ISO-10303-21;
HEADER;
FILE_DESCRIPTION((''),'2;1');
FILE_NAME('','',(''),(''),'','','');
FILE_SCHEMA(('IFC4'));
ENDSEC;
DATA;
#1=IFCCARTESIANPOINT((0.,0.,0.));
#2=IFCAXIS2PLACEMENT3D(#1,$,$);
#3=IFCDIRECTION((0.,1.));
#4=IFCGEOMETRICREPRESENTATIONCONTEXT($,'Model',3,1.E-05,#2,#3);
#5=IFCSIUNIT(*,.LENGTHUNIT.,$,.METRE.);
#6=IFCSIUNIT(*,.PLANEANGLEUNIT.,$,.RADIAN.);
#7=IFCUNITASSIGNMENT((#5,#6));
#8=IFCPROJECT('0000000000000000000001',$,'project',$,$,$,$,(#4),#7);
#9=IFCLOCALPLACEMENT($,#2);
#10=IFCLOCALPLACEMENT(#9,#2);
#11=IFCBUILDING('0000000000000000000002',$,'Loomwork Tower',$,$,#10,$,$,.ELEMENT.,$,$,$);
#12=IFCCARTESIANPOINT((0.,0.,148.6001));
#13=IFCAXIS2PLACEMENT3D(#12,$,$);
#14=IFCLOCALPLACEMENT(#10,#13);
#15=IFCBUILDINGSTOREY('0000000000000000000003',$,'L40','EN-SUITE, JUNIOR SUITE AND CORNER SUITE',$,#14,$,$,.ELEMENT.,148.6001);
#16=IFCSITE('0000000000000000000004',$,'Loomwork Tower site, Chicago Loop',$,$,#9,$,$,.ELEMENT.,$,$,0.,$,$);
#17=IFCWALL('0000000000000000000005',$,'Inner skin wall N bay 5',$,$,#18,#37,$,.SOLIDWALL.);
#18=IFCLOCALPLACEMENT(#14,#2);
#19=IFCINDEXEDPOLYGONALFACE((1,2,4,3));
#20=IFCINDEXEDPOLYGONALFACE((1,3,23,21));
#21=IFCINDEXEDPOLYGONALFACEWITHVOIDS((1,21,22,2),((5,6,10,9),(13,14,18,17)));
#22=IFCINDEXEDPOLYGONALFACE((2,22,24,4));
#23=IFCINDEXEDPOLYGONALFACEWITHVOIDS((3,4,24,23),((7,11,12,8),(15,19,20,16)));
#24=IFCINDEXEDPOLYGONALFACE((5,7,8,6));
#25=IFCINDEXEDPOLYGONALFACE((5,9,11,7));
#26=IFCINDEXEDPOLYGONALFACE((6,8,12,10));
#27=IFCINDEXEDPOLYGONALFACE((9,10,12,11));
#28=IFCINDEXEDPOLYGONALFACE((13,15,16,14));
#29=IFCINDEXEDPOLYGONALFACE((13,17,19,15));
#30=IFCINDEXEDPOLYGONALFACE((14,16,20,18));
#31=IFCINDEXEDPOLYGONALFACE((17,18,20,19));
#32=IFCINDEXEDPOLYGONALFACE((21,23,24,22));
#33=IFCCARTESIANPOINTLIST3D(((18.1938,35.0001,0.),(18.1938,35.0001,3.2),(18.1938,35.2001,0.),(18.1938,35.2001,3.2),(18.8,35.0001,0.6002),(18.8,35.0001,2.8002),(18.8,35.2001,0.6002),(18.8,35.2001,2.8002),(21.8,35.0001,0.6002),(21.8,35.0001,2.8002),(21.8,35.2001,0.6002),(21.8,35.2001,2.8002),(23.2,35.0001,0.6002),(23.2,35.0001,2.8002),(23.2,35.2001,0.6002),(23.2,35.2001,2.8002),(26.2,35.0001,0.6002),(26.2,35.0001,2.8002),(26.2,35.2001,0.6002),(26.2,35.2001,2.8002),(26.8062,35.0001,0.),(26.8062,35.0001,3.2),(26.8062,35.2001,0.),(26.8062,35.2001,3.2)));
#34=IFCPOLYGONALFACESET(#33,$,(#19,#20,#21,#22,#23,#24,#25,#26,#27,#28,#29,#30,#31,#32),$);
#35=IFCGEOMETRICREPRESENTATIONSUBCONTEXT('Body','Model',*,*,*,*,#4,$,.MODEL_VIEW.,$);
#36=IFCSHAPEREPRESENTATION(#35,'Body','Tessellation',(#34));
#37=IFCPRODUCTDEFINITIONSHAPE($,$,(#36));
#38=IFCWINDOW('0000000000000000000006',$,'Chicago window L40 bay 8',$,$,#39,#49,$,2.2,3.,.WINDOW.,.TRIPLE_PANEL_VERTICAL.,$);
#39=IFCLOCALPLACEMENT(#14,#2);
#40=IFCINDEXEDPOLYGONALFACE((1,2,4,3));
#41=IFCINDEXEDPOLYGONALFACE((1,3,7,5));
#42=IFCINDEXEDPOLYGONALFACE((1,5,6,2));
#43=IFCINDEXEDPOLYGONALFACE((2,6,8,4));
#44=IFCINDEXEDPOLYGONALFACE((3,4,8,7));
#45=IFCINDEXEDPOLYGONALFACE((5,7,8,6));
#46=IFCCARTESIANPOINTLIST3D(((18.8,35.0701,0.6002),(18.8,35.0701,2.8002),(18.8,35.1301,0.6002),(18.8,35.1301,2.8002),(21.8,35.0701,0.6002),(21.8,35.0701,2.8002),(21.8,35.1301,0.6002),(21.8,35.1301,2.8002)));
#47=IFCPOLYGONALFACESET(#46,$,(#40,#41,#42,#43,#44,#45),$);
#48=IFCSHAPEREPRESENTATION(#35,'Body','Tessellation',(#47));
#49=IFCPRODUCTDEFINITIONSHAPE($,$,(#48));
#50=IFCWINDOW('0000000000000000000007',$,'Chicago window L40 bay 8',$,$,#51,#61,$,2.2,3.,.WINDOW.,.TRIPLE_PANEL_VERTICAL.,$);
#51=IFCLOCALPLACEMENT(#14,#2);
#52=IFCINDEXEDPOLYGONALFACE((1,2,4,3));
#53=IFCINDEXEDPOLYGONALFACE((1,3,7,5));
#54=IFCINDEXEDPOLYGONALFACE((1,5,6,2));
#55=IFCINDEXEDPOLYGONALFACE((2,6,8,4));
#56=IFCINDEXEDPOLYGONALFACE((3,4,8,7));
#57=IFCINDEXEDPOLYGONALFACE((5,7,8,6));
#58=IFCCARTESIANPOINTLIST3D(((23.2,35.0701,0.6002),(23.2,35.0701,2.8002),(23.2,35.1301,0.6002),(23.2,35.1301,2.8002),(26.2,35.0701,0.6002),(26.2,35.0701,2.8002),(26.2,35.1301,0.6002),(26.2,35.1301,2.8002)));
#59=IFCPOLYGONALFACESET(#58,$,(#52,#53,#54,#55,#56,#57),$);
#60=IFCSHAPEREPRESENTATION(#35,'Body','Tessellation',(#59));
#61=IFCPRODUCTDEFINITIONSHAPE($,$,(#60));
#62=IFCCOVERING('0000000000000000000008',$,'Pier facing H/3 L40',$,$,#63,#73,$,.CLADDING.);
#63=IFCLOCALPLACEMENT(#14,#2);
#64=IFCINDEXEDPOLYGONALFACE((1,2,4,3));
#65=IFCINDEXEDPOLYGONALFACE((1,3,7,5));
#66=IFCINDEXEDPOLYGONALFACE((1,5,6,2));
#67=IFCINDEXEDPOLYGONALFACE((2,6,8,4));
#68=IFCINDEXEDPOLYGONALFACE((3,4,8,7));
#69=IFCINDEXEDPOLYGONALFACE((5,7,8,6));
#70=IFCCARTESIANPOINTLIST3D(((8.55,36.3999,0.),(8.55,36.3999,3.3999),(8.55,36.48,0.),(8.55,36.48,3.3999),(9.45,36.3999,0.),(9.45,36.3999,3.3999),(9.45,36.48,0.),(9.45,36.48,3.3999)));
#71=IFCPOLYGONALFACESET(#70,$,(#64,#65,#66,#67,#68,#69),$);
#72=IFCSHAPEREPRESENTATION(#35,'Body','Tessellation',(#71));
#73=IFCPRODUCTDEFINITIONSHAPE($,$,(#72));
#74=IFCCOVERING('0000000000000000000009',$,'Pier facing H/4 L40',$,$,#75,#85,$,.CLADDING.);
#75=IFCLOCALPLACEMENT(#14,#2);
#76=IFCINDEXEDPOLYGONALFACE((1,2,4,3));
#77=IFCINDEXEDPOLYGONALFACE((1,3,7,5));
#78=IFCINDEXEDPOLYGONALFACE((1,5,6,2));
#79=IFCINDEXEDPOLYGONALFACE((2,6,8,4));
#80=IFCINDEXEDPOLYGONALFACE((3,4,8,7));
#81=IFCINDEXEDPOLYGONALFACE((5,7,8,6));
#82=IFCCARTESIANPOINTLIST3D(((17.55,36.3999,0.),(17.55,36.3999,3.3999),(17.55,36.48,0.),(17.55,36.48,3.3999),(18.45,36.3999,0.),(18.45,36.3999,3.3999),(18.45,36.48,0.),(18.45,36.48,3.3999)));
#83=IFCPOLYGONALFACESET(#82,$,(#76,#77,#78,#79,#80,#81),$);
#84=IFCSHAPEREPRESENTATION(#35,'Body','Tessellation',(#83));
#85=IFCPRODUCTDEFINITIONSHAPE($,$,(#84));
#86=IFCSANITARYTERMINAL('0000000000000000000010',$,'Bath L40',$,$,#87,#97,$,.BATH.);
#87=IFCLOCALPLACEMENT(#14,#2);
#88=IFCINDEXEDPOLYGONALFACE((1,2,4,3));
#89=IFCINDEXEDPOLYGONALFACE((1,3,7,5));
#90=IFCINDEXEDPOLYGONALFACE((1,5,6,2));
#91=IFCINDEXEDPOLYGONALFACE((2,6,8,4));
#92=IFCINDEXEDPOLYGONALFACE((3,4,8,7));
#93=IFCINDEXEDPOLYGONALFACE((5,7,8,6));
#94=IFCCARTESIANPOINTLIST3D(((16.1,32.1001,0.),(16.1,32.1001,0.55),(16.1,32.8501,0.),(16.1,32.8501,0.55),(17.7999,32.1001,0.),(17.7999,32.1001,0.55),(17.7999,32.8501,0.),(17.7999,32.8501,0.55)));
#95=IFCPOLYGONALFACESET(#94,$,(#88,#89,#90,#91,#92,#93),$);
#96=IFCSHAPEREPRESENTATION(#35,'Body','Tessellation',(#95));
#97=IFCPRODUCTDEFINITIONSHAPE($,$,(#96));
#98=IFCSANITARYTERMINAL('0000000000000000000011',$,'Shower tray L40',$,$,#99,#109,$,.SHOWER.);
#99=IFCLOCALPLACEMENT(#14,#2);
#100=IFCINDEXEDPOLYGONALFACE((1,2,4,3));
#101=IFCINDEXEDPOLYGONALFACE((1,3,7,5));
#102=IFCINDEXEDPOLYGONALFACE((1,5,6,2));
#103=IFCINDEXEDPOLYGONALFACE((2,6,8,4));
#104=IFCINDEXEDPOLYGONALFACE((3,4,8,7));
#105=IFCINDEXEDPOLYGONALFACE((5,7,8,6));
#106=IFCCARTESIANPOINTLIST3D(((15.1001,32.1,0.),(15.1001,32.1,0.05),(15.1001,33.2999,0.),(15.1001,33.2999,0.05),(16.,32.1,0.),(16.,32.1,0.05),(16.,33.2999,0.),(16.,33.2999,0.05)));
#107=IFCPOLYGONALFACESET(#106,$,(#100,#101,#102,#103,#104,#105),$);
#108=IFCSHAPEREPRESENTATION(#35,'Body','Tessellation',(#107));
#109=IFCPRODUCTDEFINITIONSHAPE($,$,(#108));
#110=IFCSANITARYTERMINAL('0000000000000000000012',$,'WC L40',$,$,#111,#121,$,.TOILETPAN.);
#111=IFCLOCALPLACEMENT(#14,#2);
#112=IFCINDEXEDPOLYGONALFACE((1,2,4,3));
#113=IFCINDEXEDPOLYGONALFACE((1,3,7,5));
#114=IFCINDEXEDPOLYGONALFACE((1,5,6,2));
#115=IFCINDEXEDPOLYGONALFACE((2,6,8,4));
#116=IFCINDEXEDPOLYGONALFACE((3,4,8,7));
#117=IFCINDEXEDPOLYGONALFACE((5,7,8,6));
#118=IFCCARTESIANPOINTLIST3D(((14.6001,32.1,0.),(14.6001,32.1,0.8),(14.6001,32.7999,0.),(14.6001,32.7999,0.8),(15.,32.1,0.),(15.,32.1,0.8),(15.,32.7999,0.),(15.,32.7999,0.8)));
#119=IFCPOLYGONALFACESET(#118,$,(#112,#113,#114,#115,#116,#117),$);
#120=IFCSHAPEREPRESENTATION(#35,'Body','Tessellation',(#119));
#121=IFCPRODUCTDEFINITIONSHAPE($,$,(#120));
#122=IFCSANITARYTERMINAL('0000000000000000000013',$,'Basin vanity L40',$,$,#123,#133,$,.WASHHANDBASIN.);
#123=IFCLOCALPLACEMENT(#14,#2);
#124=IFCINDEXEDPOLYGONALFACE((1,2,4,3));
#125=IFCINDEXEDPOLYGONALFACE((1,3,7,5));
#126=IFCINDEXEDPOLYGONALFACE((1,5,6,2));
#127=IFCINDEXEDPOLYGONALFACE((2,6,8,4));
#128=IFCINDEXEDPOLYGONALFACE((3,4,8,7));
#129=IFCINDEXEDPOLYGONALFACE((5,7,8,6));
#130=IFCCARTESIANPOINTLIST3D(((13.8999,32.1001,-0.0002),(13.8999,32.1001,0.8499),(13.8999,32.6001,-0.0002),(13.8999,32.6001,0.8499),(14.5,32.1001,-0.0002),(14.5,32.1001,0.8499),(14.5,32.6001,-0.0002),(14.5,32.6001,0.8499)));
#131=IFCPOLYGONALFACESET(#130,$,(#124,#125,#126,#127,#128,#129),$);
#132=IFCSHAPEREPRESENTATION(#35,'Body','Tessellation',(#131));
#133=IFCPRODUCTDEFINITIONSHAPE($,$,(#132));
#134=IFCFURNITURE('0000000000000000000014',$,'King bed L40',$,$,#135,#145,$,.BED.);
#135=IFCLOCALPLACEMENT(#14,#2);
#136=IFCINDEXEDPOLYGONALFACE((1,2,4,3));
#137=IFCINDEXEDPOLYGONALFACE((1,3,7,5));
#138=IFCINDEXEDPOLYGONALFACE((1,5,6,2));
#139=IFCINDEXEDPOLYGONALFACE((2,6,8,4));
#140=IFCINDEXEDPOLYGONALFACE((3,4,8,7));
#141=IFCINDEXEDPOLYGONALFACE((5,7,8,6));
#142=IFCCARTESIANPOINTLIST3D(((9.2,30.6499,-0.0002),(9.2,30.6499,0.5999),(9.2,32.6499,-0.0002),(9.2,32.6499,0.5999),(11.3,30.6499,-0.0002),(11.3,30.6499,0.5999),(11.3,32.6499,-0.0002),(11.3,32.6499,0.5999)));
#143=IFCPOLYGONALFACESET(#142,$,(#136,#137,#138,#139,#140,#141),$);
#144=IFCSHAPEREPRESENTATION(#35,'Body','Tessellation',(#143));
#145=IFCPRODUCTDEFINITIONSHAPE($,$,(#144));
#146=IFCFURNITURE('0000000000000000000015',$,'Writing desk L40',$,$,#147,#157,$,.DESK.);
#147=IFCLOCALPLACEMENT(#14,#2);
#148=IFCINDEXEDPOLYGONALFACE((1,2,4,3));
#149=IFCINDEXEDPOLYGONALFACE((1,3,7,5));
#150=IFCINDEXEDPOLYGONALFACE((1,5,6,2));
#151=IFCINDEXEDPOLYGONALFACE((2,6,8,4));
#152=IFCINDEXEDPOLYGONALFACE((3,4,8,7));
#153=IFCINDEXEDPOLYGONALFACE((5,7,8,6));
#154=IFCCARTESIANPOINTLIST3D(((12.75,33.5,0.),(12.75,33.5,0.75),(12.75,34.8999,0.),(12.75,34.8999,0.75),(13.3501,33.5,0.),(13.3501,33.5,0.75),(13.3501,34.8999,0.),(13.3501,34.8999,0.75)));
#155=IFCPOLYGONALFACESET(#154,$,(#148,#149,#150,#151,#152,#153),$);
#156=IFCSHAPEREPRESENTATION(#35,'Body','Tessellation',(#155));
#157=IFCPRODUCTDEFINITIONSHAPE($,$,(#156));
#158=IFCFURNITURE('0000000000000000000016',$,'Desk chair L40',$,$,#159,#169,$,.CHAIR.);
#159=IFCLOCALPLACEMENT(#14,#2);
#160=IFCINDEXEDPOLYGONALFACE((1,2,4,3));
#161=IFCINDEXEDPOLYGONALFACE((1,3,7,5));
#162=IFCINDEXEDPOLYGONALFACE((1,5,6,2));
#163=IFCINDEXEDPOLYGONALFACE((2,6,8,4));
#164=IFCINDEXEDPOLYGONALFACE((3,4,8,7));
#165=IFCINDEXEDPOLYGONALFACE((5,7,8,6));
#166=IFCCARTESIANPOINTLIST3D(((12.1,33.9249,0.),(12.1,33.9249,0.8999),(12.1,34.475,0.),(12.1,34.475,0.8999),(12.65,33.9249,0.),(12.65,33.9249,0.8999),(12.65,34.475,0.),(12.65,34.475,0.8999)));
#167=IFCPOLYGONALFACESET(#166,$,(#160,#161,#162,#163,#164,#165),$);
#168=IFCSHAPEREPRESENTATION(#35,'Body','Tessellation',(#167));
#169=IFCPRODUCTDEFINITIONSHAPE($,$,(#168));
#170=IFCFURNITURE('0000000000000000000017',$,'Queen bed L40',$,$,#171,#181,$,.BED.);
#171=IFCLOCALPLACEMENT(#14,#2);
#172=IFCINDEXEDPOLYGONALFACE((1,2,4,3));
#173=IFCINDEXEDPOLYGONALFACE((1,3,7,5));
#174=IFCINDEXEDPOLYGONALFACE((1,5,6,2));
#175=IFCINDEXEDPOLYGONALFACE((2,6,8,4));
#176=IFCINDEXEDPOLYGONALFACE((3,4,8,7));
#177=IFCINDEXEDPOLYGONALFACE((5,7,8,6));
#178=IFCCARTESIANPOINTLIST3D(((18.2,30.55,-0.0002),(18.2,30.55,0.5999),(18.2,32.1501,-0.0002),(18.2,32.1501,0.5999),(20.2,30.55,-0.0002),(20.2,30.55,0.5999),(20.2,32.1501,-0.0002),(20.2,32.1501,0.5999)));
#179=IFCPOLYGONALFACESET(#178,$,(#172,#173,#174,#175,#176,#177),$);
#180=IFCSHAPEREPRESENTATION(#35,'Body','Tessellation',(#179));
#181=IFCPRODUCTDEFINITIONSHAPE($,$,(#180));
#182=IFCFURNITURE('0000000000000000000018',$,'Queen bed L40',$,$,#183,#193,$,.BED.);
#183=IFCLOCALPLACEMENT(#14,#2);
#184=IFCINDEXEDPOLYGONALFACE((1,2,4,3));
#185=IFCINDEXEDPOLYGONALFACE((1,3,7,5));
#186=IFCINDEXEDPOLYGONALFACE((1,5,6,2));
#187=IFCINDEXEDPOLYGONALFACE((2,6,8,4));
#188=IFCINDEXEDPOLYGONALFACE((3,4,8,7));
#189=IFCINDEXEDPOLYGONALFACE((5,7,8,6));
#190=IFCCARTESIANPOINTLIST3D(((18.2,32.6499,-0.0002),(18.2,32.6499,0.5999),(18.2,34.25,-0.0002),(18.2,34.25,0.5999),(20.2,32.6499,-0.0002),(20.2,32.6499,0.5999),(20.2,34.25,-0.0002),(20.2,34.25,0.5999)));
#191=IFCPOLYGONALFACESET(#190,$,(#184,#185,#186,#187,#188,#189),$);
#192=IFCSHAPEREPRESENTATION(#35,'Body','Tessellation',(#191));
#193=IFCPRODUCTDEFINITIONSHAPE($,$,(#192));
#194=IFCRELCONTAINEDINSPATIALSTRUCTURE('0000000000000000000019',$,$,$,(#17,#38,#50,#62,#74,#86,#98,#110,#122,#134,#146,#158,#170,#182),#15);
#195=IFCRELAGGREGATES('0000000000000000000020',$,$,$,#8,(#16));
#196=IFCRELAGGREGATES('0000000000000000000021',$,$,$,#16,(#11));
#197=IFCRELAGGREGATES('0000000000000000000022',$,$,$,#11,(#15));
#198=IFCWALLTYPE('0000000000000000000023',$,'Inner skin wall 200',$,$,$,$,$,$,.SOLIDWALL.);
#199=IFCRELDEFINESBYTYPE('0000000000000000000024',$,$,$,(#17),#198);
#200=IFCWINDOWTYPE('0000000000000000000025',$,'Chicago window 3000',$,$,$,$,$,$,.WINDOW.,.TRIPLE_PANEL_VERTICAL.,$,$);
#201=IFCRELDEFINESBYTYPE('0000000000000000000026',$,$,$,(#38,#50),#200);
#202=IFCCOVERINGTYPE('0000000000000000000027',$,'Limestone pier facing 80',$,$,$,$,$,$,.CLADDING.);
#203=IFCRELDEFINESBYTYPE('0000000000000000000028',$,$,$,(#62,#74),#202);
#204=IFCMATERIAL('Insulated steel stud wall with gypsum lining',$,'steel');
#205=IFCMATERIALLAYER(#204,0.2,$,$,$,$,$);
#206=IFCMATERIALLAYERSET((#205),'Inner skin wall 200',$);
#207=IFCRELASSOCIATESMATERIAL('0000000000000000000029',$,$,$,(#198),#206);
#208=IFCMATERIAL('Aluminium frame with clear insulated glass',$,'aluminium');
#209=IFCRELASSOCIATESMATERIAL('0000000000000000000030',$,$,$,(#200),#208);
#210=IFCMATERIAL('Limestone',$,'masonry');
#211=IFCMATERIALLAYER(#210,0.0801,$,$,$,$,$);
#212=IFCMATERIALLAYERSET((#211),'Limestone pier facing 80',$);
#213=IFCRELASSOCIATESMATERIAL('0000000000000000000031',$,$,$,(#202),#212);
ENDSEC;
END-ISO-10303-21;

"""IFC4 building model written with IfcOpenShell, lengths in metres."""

from ifc_helpers import new_model, si_unit, direction, frame, frame_2d, origin, origin_2d, place, context, subcontext, project, spatial, rectangle, extrude, material, layer, layer_set, type_object, element, fill, save


model = new_model("IFC4")

# Units and contexts
model_context = context("Model", 3, precision=1e-05, world=origin(), true_north=direction((0.0, 1.0)))
body_context = subcontext(model_context, "Body", "Model", "MODEL_VIEW")
ifc_project = project(units=[si_unit("LENGTHUNIT", "METRE"), si_unit("PLANEANGLEUNIT", "RADIAN")], contexts=[model_context])

# Site, building, storey
site_placement = place(None, origin())
site = spatial("IfcSite", under=ifc_project, at=site_placement, Name="Loomwork Tower site, Chicago Loop", CompositionType="ELEMENT", RefElevation=0.0)
building_placement = place(site_placement, origin())
building = spatial("IfcBuilding", under=site, at=building_placement, Name="Loomwork Tower", CompositionType="ELEMENT")
storey_placement = place(building_placement, frame((0.0, 0.0, 148.6001)))
storey = spatial("IfcBuildingStorey", under=building, at=storey_placement, Name="L40", Description="EN-SUITE, JUNIOR SUITE AND CORNER SUITE", CompositionType="ELEMENT", Elevation=148.6001)

# Shared definitions
ifc_material_1 = material(Name="Insulated steel stud wall with gypsum lining", Category="steel")
ifc_layer_1 = layer(ifc_material_1, 0.2)
ifc_layer_set_1 = layer_set([ifc_layer_1], Name="Inner skin wall 200")
wall_type_1 = type_object("IfcWallType", Name="Inner skin wall 200", PredefinedType="SOLIDWALL", material=ifc_layer_set_1)

# Shared definitions
ifc_material_2 = material(Name="Aluminium frame with clear insulated glass", Category="aluminium")
window_type = type_object("IfcWindowType", Name="Chicago window 3000", PartitioningType="TRIPLE_PANEL_VERTICAL", PredefinedType="WINDOW", material=ifc_material_2)

# Wall, openings, windows
wall_1_placement = place(storey_placement, frame((18.1938, 35.1001, 0.0), z_axis=(0.0, 0.0, 1.0), x_axis=(1.0, 0.0, 0.0)))
wall_1 = element("IfcWall", 1, at=wall_1_placement, inside=storey, type_object=wall_type_1, Name="Inner skin wall N bay 5", PredefinedType="SOLIDWALL", context=body_context, shape_type="SweptSolid", body=[
    extrude(rectangle(XDim=8.6123, YDim=0.2, at=frame_2d((4.3062, 0.0))), origin(), (0.0, 0.0, 1.0), 3.2),
])
opening_1_placement = place(wall_1_placement, frame((0.6062, 0.0, 0.6001)))
opening_1 = element("IfcOpeningElement", 2, at=opening_1_placement, cuts=wall_1, PredefinedType="OPENING", context=body_context, shape_type="SweptSolid", body=[
    extrude(rectangle(XDim=3.0, YDim=2.2, at=frame_2d((1.5, 1.1001))), frame((0.0, 0.1099, 0.0), z_axis=(0.0, -1.0, 0.0), x_axis=(1.0, 0.0, 0.0)), (0.0, 0.0, 1.0), 0.22),
])
opening_2_placement = place(wall_1_placement, frame((5.0061, 0.0, 0.6001)))
opening_2 = element("IfcOpeningElement", 3, at=opening_2_placement, cuts=wall_1, PredefinedType="OPENING", context=body_context, shape_type="SweptSolid", body=[
    extrude(rectangle(XDim=3.0, YDim=2.2, at=frame_2d((1.5, 1.1001))), frame((0.0, 0.1099, 0.0), z_axis=(0.0, -1.0, 0.0), x_axis=(1.0, 0.0, 0.0)), (0.0, 0.0, 1.0), 0.22),
])
window_1_placement = place(opening_1_placement, origin())
window_1 = element("IfcWindow", 4, at=window_1_placement, inside=storey, type_object=window_type, Name="Chicago window L40 bay 8", OverallHeight=2.2, OverallWidth=3.0, PartitioningType="TRIPLE_PANEL_VERTICAL", PredefinedType="WINDOW", context=body_context, shape_type="SweptSolid", body=[
    extrude(rectangle(XDim=3.0, YDim=2.2, at=frame_2d((1.5, 1.1001))), frame((0.0, 0.03, 0.0), z_axis=(0.0, -1.0, 0.0), x_axis=(1.0, 0.0, 0.0)), (0.0, 0.0, 1.0), 0.0601),
])
fill(opening_1, window_1)
window_2_placement = place(opening_2_placement, origin())
window_2 = element("IfcWindow", 5, at=window_2_placement, inside=storey, type_object=window_type, Name="Chicago window L40 bay 8", OverallHeight=2.2, OverallWidth=3.0, PartitioningType="TRIPLE_PANEL_VERTICAL", PredefinedType="WINDOW", context=body_context, shape_type="SweptSolid", body=[
    extrude(rectangle(XDim=3.0, YDim=2.2, at=frame_2d((1.5, 1.1001))), frame((0.0, 0.03, 0.0), z_axis=(0.0, -1.0, 0.0), x_axis=(1.0, 0.0, 0.0)), (0.0, 0.0, 1.0), 0.0601),
])
fill(opening_2, window_2)

# Coverings
ifc_material_3 = material(Name="Limestone", Category="masonry")
ifc_layer_2 = layer(ifc_material_3, 0.0801)
ifc_layer_set_2 = layer_set([ifc_layer_2], Name="Limestone pier facing 80")
covering_type = type_object("IfcCoveringType", Name="Limestone pier facing 80", PredefinedType="CLADDING", material=ifc_layer_set_2)
for number, where, z_axis, x_axis, name in (
    (6, (9.0, 36.4399, 0.0), (0.0, 0.0, 1.0), (1.0, 0.0, 0.0), "Pier facing H/3 L40"),
    (7, (18.0, 36.4399, 0.0), (0.0, 0.0, 1.0), (1.0, 0.0, 0.0), "Pier facing H/4 L40"),
):
    element("IfcCovering", number, at=place(storey_placement, frame(where, z_axis=z_axis, x_axis=x_axis)), inside=storey, type_object=covering_type, Name=name, PredefinedType="CLADDING", context=body_context, shape_type="SweptSolid", body=[
        extrude(rectangle(XDim=0.8999, YDim=0.0801, at=origin_2d()), origin(), (0.0, 0.0, 1.0), 3.3999),
    ])

# Sanitary terminals
sanitary_terminal_1_placement = place(storey_placement, frame((16.95, 32.4751, 0.0), z_axis=(0.0, 0.0, 1.0), x_axis=(1.0, 0.0, 0.0)))
element("IfcSanitaryTerminal", 8, at=sanitary_terminal_1_placement, inside=storey, Name="Bath L40", PredefinedType="BATH", context=body_context, shape_type="SweptSolid", body=[
    extrude(rectangle(XDim=1.7, YDim=0.75, at=origin_2d()), origin(), (0.0, 0.0, 1.0), 0.55),
])
sanitary_terminal_2_placement = place(storey_placement, frame((15.55, 32.7, 0.0), z_axis=(0.0, 0.0, 1.0), x_axis=(1.0, 0.0, 0.0)))
element("IfcSanitaryTerminal", 9, at=sanitary_terminal_2_placement, inside=storey, Name="Shower tray L40", PredefinedType="SHOWER", context=body_context, shape_type="SweptSolid", body=[
    extrude(rectangle(XDim=0.8999, YDim=1.2, at=origin_2d()), origin(), (0.0, 0.0, 1.0), 0.05),
])
sanitary_terminal_3_placement = place(storey_placement, frame((14.8, 32.45, 0.0), z_axis=(0.0, 0.0, 1.0), x_axis=(1.0, 0.0, 0.0)))
element("IfcSanitaryTerminal", 10, at=sanitary_terminal_3_placement, inside=storey, Name="WC L40", PredefinedType="TOILETPAN", context=body_context, shape_type="SweptSolid", body=[
    extrude(rectangle(XDim=0.3999, YDim=0.7, at=origin_2d()), origin(), (0.0, 0.0, 1.0), 0.8),
])
sanitary_terminal_4_placement = place(storey_placement, frame((14.2, 32.3501, -0.0002), z_axis=(0.0, 0.0, 1.0), x_axis=(1.0, 0.0, 0.0)))
element("IfcSanitaryTerminal", 11, at=sanitary_terminal_4_placement, inside=storey, Name="Basin vanity L40", PredefinedType="WASHHANDBASIN", context=body_context, shape_type="SweptSolid", body=[
    extrude(rectangle(XDim=0.6001, YDim=0.5, at=origin_2d()), origin(), (0.0, 0.0, 1.0), 0.8501),
])

# Furniture
furniture_1_placement = place(storey_placement, frame((10.25, 31.6499, -0.0002), z_axis=(0.0, 0.0, 1.0), x_axis=(1.0, 0.0, 0.0)))
element("IfcFurniture", 12, at=furniture_1_placement, inside=storey, Name="King bed L40", PredefinedType="BED", context=body_context, shape_type="SweptSolid", body=[
    extrude(rectangle(XDim=2.1001, YDim=2.0, at=origin_2d()), origin(), (0.0, 0.0, 1.0), 0.6001),
])
furniture_2_placement = place(storey_placement, frame((13.05, 34.2, 0.0), z_axis=(0.0, 0.0, 1.0), x_axis=(1.0, 0.0, 0.0)))
element("IfcFurniture", 13, at=furniture_2_placement, inside=storey, Name="Writing desk L40", PredefinedType="DESK", context=body_context, shape_type="SweptSolid", body=[
    extrude(rectangle(XDim=0.6001, YDim=1.3999, at=origin_2d()), origin(), (0.0, 0.0, 1.0), 0.75),
])
furniture_3_placement = place(storey_placement, frame((12.375, 34.2, 0.0), z_axis=(0.0, 0.0, 1.0), x_axis=(1.0, 0.0, 0.0)))
element("IfcFurniture", 14, at=furniture_3_placement, inside=storey, Name="Desk chair L40", PredefinedType="CHAIR", context=body_context, shape_type="SweptSolid", body=[
    extrude(rectangle(XDim=0.55, YDim=0.55, at=origin_2d()), origin(), (0.0, 0.0, 1.0), 0.8999),
])
for number, where, z_axis, x_axis, name in (
    (15, (19.2, 31.3501, -0.0002), (0.0, 0.0, 1.0), (1.0, 0.0, 0.0), "Queen bed L40"),
    (16, (19.2, 33.45, -0.0002), (0.0, 0.0, 1.0), (1.0, 0.0, 0.0), "Queen bed L40"),
):
    element("IfcFurniture", number, at=place(storey_placement, frame(where, z_axis=z_axis, x_axis=x_axis)), inside=storey, Name=name, PredefinedType="BED", context=body_context, shape_type="SweptSolid", body=[
        extrude(rectangle(XDim=2.0, YDim=1.6001, at=origin_2d()), origin(), (0.0, 0.0, 1.0), 0.6001),
    ])

save(model, "model.ifc")
